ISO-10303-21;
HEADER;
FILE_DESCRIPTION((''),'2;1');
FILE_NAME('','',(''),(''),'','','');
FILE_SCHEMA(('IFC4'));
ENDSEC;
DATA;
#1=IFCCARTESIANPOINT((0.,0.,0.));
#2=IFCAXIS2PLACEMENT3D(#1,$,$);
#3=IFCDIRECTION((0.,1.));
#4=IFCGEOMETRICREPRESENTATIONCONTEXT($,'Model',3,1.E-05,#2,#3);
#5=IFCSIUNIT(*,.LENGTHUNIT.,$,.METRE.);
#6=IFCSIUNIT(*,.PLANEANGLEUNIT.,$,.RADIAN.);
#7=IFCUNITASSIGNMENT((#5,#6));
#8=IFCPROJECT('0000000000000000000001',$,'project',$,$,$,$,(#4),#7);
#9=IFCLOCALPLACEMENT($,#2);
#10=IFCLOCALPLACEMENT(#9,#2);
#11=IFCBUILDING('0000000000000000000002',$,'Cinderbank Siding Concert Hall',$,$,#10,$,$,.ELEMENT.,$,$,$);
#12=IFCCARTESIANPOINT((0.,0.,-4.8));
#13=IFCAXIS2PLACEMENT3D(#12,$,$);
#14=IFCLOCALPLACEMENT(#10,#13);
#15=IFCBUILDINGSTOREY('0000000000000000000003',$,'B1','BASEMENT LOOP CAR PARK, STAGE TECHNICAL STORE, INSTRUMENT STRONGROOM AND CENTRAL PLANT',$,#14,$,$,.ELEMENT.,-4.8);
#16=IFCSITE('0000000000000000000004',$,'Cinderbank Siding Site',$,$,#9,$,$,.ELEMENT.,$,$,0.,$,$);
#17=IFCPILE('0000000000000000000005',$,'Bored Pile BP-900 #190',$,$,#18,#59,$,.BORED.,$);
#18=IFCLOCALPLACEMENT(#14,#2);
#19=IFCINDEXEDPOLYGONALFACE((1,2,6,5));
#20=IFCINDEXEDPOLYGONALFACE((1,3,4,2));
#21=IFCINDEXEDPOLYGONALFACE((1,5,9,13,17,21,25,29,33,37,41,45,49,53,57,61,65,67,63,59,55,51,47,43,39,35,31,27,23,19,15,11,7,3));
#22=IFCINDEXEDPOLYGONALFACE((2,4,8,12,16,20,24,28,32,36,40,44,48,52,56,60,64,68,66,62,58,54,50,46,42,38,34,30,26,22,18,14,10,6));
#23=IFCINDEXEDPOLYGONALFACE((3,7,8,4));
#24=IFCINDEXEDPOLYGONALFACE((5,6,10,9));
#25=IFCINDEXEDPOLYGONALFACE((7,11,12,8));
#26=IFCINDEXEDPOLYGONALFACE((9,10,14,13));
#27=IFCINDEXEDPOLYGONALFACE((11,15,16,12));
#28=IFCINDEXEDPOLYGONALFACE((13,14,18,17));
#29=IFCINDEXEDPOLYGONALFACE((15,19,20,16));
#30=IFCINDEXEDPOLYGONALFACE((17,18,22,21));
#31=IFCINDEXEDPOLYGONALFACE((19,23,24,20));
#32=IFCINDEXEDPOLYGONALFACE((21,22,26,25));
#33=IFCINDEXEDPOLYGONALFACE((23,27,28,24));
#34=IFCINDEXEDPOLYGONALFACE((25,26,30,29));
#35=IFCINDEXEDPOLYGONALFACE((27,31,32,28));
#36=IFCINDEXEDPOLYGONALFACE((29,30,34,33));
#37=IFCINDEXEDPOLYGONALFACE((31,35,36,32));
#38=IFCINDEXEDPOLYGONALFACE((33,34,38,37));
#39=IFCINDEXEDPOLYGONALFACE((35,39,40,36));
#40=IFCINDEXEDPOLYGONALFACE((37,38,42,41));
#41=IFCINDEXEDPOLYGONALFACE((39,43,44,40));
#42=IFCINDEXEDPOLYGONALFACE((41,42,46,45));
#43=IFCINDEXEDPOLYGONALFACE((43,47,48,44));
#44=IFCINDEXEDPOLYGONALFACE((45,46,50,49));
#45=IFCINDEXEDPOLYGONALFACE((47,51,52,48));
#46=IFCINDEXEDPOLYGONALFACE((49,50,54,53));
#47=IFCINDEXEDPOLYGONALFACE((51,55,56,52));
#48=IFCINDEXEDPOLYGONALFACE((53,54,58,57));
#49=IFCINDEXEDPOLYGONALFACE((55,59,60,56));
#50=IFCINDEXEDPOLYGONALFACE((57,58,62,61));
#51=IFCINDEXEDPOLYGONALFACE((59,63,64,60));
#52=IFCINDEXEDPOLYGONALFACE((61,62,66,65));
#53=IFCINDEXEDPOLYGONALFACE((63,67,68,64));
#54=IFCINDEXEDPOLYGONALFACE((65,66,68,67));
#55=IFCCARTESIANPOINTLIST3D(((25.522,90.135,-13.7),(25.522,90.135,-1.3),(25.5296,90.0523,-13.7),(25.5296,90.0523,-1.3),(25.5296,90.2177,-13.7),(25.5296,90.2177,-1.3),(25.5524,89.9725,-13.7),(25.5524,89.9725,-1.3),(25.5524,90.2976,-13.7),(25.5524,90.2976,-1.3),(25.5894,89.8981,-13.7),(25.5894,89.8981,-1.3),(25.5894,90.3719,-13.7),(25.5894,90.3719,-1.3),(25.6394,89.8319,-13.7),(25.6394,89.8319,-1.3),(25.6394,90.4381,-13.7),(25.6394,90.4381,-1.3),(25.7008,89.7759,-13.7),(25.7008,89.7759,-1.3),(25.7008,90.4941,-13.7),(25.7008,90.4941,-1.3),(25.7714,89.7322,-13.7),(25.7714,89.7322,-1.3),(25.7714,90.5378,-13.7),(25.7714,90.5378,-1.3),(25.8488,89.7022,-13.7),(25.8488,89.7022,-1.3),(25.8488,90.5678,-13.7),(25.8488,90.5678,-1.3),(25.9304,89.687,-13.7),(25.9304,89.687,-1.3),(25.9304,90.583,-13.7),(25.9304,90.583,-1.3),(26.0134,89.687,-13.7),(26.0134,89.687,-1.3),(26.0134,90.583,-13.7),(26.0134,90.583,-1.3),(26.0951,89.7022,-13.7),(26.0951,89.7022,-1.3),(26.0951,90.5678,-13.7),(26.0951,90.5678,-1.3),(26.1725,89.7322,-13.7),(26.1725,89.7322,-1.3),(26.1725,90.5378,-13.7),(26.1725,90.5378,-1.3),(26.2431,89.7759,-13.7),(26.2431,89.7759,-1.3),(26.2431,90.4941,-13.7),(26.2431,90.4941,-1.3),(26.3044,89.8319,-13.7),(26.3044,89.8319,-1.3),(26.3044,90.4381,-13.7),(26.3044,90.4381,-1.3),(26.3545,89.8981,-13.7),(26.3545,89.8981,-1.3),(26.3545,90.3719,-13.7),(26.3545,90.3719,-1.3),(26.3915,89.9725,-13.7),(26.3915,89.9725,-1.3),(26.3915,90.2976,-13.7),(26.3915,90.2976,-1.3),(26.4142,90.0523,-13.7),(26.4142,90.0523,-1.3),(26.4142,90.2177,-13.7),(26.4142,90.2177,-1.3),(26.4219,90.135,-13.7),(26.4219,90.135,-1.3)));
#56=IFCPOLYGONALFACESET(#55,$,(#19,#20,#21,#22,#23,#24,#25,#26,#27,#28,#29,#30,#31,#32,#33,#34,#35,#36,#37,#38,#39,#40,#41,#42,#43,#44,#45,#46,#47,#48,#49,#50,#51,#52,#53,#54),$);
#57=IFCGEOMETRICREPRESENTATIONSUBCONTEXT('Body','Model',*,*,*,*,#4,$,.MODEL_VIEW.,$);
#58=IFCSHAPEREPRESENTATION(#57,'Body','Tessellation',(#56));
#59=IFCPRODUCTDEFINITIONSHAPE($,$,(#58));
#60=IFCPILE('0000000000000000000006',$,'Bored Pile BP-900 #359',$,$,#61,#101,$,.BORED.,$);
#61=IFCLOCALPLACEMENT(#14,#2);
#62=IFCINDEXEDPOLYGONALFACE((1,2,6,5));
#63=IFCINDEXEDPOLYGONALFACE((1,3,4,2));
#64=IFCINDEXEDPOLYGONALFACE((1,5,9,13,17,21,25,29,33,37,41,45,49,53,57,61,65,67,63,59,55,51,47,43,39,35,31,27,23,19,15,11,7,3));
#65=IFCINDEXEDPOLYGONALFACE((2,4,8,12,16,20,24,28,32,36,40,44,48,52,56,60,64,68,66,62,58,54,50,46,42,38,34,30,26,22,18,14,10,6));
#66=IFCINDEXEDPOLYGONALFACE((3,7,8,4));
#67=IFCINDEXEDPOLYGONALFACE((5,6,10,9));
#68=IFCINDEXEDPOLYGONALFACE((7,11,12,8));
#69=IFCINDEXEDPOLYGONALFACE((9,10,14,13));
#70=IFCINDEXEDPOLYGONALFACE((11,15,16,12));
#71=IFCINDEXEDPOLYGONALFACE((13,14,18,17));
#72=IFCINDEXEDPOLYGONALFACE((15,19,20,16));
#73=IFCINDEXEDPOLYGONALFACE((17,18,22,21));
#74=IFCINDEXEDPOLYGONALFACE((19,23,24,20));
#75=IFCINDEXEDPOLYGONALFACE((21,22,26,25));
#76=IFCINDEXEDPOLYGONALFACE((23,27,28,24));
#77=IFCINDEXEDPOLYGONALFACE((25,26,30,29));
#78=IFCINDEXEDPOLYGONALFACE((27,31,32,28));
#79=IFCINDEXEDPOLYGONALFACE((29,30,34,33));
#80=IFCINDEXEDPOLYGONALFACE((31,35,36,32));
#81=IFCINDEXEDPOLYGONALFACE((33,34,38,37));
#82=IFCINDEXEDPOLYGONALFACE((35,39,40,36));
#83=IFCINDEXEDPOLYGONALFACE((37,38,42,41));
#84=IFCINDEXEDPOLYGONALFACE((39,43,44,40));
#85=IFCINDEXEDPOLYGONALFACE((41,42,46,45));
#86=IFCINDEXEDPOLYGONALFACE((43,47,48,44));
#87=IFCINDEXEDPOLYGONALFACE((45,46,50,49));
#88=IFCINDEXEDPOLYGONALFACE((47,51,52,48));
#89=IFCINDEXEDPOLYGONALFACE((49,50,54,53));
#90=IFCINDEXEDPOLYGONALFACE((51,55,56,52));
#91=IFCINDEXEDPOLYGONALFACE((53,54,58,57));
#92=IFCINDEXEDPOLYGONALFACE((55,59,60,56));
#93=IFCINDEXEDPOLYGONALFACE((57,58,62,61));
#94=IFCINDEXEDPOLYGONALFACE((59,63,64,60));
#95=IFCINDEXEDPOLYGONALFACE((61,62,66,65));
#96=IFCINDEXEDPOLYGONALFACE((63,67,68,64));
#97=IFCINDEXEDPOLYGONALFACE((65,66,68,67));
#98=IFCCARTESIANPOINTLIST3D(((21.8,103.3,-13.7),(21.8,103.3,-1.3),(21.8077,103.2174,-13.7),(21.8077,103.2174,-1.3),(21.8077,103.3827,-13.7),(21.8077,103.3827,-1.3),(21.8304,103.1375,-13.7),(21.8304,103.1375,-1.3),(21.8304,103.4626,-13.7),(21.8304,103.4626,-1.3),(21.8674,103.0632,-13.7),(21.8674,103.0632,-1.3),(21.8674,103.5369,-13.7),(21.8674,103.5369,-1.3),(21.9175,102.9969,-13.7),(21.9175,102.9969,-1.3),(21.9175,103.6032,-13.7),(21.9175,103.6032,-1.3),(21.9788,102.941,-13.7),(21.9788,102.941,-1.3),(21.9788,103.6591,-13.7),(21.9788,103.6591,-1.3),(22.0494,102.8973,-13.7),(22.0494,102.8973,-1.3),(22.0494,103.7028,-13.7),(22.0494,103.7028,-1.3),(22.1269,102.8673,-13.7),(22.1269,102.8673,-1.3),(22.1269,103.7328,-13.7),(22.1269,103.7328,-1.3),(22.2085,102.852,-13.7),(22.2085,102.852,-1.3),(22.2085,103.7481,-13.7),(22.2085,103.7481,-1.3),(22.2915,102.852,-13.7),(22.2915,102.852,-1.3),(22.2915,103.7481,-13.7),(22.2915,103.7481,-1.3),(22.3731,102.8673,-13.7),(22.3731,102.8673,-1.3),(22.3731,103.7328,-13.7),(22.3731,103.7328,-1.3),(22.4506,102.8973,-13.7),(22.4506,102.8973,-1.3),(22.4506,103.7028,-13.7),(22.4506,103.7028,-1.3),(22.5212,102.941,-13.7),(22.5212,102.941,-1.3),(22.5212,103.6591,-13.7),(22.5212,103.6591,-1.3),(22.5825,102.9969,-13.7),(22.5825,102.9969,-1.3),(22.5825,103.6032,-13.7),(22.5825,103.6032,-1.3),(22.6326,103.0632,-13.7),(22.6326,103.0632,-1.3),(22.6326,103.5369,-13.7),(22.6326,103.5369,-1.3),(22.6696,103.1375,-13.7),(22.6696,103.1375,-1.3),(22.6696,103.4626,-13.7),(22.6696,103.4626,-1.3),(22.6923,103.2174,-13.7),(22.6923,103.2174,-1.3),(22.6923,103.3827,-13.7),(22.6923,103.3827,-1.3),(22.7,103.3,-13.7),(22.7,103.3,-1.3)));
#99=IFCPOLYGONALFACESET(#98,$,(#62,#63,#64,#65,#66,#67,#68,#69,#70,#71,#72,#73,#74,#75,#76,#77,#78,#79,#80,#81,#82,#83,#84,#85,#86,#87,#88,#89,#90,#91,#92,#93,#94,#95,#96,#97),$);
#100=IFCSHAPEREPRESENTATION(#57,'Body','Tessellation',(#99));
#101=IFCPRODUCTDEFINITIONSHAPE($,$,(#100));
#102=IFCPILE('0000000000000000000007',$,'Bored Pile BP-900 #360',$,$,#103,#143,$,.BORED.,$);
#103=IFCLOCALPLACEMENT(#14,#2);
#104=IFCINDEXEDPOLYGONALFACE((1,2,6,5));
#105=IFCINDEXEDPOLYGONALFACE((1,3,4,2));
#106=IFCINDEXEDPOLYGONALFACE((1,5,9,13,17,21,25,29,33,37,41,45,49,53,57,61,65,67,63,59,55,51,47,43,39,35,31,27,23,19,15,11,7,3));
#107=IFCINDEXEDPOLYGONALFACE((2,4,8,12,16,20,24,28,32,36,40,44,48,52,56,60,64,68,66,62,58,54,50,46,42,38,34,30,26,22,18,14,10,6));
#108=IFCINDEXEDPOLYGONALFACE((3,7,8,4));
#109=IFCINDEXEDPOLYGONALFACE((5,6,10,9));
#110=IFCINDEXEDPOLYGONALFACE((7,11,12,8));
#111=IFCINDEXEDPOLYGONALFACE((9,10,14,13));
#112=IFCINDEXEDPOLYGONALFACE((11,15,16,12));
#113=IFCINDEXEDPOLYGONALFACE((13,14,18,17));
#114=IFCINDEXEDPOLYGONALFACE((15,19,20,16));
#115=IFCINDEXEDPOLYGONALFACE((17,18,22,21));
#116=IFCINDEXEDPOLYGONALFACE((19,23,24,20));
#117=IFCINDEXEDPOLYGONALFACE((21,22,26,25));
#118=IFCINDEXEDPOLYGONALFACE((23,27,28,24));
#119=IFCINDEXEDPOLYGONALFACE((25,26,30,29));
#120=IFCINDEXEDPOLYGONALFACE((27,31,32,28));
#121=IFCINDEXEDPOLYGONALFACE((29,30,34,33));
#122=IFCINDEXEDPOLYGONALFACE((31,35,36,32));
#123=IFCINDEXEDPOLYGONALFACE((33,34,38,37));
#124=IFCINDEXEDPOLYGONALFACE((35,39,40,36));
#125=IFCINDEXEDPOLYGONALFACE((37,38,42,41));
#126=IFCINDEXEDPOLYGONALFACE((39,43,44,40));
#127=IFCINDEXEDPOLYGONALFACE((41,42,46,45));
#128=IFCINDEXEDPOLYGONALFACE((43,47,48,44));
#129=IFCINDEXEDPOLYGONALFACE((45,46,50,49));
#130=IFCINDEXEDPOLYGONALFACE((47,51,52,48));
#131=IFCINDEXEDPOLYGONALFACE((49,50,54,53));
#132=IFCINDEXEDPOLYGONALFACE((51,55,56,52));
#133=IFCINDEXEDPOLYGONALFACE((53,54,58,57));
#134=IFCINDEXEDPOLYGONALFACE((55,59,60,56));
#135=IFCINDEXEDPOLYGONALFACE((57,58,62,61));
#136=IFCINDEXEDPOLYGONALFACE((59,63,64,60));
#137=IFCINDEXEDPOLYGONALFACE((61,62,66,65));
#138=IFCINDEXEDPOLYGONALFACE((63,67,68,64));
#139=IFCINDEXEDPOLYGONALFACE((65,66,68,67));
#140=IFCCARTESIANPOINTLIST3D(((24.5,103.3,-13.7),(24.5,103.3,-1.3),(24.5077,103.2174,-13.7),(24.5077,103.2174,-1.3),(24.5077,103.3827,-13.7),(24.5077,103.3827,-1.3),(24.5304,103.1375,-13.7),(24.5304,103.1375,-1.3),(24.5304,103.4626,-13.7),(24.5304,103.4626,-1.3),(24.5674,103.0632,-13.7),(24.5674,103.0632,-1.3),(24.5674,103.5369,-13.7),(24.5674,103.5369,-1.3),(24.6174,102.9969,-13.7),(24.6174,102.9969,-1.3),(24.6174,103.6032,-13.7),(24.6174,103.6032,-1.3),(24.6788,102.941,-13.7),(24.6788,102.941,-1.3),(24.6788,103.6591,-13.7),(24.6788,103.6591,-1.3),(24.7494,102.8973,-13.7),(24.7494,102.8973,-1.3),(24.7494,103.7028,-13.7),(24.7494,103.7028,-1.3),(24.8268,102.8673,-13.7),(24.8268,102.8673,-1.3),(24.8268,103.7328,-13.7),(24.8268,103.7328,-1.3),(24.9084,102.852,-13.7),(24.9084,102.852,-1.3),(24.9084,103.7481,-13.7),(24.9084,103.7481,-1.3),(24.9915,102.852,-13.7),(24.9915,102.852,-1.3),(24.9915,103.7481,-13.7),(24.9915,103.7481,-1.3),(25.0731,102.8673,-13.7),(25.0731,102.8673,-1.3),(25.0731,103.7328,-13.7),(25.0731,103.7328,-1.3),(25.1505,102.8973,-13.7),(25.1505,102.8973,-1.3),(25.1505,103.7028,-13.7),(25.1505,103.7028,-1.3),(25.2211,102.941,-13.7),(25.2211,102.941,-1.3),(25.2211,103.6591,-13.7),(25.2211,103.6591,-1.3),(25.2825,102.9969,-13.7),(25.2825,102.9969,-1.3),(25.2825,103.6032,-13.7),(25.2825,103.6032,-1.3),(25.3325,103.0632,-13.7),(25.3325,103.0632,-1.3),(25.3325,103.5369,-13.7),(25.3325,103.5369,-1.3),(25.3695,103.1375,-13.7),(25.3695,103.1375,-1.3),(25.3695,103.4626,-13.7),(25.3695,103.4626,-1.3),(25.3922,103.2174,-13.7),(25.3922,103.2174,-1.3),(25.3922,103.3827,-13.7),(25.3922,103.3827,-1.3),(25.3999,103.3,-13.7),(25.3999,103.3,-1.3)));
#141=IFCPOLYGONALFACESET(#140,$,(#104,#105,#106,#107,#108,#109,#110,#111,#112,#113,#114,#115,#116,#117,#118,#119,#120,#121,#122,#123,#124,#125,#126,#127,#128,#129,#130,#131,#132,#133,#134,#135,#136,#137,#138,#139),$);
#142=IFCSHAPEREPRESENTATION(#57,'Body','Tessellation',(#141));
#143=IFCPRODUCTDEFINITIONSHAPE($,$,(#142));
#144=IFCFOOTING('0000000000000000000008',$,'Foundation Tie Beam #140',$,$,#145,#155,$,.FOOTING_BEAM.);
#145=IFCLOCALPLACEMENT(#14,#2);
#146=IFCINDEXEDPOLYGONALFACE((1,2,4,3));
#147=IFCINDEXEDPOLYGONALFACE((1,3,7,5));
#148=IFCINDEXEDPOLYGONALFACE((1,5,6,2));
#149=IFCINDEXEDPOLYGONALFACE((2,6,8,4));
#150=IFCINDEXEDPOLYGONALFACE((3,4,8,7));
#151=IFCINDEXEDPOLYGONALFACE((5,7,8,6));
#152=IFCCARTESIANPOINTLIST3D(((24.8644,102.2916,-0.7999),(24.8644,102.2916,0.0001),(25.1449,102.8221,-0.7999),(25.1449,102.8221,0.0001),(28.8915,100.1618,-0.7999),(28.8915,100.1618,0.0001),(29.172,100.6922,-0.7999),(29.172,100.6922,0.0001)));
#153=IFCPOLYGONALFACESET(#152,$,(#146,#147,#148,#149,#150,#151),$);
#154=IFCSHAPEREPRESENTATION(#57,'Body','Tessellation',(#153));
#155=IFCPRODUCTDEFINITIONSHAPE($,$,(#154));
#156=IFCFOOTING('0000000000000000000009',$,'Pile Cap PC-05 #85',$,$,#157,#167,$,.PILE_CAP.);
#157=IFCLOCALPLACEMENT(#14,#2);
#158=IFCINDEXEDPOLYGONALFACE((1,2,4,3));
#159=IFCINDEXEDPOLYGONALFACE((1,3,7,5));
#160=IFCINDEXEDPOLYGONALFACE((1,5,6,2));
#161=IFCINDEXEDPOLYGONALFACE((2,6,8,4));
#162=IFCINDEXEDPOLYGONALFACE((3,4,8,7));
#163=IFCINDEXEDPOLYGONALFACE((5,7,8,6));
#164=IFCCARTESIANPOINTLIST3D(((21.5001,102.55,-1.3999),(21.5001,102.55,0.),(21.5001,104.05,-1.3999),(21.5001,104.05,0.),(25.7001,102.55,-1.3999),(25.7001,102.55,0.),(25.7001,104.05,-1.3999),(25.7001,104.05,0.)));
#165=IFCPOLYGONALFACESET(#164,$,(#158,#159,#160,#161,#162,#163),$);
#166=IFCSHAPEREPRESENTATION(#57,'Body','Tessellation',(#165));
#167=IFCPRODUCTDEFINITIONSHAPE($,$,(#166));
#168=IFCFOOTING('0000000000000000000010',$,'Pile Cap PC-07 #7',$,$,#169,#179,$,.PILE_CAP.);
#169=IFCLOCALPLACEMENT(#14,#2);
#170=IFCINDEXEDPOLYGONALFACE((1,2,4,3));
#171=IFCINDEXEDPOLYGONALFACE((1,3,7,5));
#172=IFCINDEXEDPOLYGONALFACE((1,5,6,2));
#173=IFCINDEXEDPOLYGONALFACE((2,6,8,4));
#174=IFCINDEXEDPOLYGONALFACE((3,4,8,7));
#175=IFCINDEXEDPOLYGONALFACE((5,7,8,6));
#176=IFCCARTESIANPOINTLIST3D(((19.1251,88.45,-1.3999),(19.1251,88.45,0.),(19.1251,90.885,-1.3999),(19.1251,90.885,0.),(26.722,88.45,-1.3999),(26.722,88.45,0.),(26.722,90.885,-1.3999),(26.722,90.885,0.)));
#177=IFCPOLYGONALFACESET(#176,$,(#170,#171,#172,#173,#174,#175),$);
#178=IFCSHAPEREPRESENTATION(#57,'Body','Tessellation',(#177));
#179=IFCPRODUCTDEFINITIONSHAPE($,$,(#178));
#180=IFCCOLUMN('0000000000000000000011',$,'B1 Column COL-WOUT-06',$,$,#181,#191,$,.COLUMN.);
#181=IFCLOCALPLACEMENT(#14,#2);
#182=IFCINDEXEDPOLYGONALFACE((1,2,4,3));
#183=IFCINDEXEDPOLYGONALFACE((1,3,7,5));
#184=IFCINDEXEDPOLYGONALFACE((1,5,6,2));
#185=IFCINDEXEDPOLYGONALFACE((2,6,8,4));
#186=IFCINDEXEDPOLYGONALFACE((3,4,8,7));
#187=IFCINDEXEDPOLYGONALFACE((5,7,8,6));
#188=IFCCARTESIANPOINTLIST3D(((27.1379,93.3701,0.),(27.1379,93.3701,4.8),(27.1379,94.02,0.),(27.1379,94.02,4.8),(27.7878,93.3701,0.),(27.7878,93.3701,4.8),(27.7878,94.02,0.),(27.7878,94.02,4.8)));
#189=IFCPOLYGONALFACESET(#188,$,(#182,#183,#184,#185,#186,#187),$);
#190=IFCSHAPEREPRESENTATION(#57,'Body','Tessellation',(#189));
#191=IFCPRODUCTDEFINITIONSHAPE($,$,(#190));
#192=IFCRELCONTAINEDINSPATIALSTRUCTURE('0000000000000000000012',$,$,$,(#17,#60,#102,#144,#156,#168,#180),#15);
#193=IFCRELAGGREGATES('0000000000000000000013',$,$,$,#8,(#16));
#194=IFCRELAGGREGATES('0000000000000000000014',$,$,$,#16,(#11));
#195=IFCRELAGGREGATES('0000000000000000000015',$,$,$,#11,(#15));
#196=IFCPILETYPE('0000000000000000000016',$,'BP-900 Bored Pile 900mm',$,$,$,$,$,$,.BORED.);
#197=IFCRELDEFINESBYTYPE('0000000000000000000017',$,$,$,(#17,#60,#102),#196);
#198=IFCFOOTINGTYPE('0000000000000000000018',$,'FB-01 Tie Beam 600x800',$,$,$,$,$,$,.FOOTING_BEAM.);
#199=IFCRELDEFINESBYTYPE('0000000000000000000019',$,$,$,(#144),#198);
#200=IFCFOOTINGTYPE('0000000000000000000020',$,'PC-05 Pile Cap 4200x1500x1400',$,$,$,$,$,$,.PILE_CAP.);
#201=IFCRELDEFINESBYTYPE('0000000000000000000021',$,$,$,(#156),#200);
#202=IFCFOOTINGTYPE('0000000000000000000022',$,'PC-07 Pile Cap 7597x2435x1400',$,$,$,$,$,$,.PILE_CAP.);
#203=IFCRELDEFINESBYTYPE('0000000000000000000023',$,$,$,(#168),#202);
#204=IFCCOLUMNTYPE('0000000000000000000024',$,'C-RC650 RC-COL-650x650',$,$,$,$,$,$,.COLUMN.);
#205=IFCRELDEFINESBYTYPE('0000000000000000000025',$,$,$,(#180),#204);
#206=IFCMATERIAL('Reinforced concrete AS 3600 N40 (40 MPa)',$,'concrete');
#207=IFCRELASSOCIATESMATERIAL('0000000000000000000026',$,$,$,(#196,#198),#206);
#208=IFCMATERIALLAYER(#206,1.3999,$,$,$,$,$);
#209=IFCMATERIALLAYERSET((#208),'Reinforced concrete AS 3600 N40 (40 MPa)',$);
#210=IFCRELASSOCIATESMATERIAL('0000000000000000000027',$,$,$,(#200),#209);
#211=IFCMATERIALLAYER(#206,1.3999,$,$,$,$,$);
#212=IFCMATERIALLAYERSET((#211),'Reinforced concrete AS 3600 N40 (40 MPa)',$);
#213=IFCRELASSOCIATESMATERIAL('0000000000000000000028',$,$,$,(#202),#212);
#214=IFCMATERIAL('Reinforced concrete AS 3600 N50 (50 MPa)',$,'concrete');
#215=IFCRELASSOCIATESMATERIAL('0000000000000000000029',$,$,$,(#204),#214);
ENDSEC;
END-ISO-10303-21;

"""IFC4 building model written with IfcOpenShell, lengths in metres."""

from ifc_helpers import new_model, si_unit, direction, frame, origin, origin_2d, place, context, subcontext, project, spatial, rectangle, circle, extrude, material, layer, layer_set, material_profile, profile_set, type_object, element, save


model = new_model("IFC4")

# Units and contexts
model_context = context("Model", 3, precision=1e-05, world=origin(), true_north=direction((0.0, 1.0)))
body_context = subcontext(model_context, "Body", "Model", "MODEL_VIEW")
ifc_project = project(units=[si_unit("LENGTHUNIT", "METRE"), si_unit("PLANEANGLEUNIT", "RADIAN")], contexts=[model_context])

# Site, building, storey
site_placement = place(None, origin())
site = spatial("IfcSite", under=ifc_project, at=site_placement, Name="Cinderbank Siding Site", CompositionType="ELEMENT", RefElevation=0.0)
building_placement = place(site_placement, origin())
building = spatial("IfcBuilding", under=site, at=building_placement, Name="Cinderbank Siding Concert Hall", CompositionType="ELEMENT")
storey_placement = place(building_placement, frame((0.0, 0.0, -4.8)))
storey = spatial("IfcBuildingStorey", under=building, at=storey_placement, Name="B1", Description="BASEMENT LOOP CAR PARK, STAGE TECHNICAL STORE, INSTRUMENT STRONGROOM AND CENTRAL PLANT", CompositionType="ELEMENT", Elevation=-4.8)

# Piles
ifc_material_1 = material(Name="Reinforced concrete AS 3600 N40 (40 MPa)", Category="concrete")
ifc_material_profile_1 = material_profile(ifc_material_1, circle(Radius=0.45, at=origin_2d()), Name="PILE-900DIA", Category="LoadBearing")
ifc_profile_set_1 = profile_set([ifc_material_profile_1], Name="Reinforced concrete AS 3600 N40 (40 MPa)")
pile_type_1 = type_object("IfcPileType", Name="BP-900 Bored Pile 900mm", PredefinedType="BORED", material=ifc_profile_set_1)
for number, where, z_axis, x_axis, name in (
    (1, (25.9719, 90.135, -1.3), (0.0, 0.0, -1.0), (1.0, 0.0, 0.0), "Bored Pile BP-900 #190"),
    (2, (22.25, 103.3, -1.3), (0.0, 0.0, -1.0), (1.0, 0.0, 0.0), "Bored Pile BP-900 #359"),
    (3, (24.95, 103.3, -1.3), (0.0, 0.0, -1.0), (1.0, 0.0, 0.0), "Bored Pile BP-900 #360"),
):
    element("IfcPile", number, at=place(storey_placement, frame(where, z_axis=z_axis, x_axis=x_axis)), inside=storey, type_object=pile_type_1, Name=name, PredefinedType="BORED", context=body_context, shape_type="SweptSolid", body=[
        extrude(circle(Radius=0.45, at=origin_2d()), origin(), (0.0, 0.0, 1.0), 12.3999),
    ])

# Footings
ifc_material_profile_2 = material_profile(ifc_material_1, rectangle(XDim=0.6001, YDim=0.8, at=origin_2d()), Name="RC-FB-600x800", Category="LoadBearing")
ifc_profile_set_2 = profile_set([ifc_material_profile_2], Name="Reinforced concrete AS 3600 N40 (40 MPa)")
footing_type_1 = type_object("IfcFootingType", Name="FB-01 Tie Beam 600x800", PredefinedType="FOOTING_BEAM", material=ifc_profile_set_2)
footing_1_placement = place(storey_placement, frame((25.0046, 102.5569, -0.3999), z_axis=(0.883979, -0.467526, 0.0), x_axis=(0.467526, 0.883979, 0.0)))
element("IfcFooting", 4, at=footing_1_placement, inside=storey, type_object=footing_type_1, Name="Foundation Tie Beam #140", PredefinedType="FOOTING_BEAM", context=body_context, shape_type="SweptSolid", body=[
    extrude(rectangle(XDim=0.6001, YDim=0.8, at=origin_2d()), origin(), (0.0, 0.0, 1.0), 4.5557),
])
ifc_layer_1 = layer(ifc_material_1, 1.3999)
ifc_layer_set_1 = layer_set([ifc_layer_1], Name="Reinforced concrete AS 3600 N40 (40 MPa)")
footing_type_2 = type_object("IfcFootingType", Name="PC-05 Pile Cap 4200x1500x1400", PredefinedType="PILE_CAP", material=ifc_layer_set_1)
footing_2_placement = place(storey_placement, frame((23.6001, 103.3, -1.3999), z_axis=(0.0, 0.0, 1.0), x_axis=(1.0, 0.0, 0.0)))
element("IfcFooting", 5, at=footing_2_placement, inside=storey, type_object=footing_type_2, Name="Pile Cap PC-05 #85", PredefinedType="PILE_CAP", context=body_context, shape_type="SweptSolid", body=[
    extrude(rectangle(XDim=4.2, YDim=1.5, at=origin_2d()), origin(), (0.0, 0.0, 1.0), 1.3999),
])
ifc_layer_2 = layer(ifc_material_1, 1.3999)
ifc_layer_set_2 = layer_set([ifc_layer_2], Name="Reinforced concrete AS 3600 N40 (40 MPa)")
footing_type_3 = type_object("IfcFootingType", Name="PC-07 Pile Cap 7597x2435x1400", PredefinedType="PILE_CAP", material=ifc_layer_set_2)
footing_3_placement = place(storey_placement, frame((22.9236, 89.6675, -1.3999), z_axis=(0.0, 0.0, 1.0), x_axis=(1.0, 0.0, 0.0)))
element("IfcFooting", 6, at=footing_3_placement, inside=storey, type_object=footing_type_3, Name="Pile Cap PC-07 #7", PredefinedType="PILE_CAP", context=body_context, shape_type="SweptSolid", body=[
    extrude(rectangle(XDim=7.5969, YDim=2.4351, at=origin_2d()), origin(), (0.0, 0.0, 1.0), 1.3999),
])

# Column
ifc_material_2 = material(Name="Reinforced concrete AS 3600 N50 (50 MPa)", Category="concrete")
ifc_material_profile_3 = material_profile(ifc_material_2, rectangle(XDim=0.6499, YDim=0.6499, at=origin_2d()), Name="RC-COL-650x650", Category="LoadBearing")
ifc_profile_set_3 = profile_set([ifc_material_profile_3], Name="Reinforced concrete AS 3600 N50 (50 MPa)")
column_type_1 = type_object("IfcColumnType", Name="C-RC650 RC-COL-650x650", PredefinedType="COLUMN", material=ifc_profile_set_3)
for number, where, z_axis, x_axis, name in (
    (7, (27.4629, 93.6951, 0.0), (0.0, 0.0, 1.0), (1.0, 0.0, 0.0), "B1 Column COL-WOUT-06"),
):
    element("IfcColumn", number, at=place(storey_placement, frame(where, z_axis=z_axis, x_axis=x_axis)), inside=storey, type_object=column_type_1, Name=name, PredefinedType="COLUMN", context=body_context, shape_type="SweptSolid", body=[
        extrude(rectangle(XDim=0.6499, YDim=0.6499, at=origin_2d()), origin(), (0.0, 0.0, 1.0), 4.8),
    ])

save(model, "model.ifc")
